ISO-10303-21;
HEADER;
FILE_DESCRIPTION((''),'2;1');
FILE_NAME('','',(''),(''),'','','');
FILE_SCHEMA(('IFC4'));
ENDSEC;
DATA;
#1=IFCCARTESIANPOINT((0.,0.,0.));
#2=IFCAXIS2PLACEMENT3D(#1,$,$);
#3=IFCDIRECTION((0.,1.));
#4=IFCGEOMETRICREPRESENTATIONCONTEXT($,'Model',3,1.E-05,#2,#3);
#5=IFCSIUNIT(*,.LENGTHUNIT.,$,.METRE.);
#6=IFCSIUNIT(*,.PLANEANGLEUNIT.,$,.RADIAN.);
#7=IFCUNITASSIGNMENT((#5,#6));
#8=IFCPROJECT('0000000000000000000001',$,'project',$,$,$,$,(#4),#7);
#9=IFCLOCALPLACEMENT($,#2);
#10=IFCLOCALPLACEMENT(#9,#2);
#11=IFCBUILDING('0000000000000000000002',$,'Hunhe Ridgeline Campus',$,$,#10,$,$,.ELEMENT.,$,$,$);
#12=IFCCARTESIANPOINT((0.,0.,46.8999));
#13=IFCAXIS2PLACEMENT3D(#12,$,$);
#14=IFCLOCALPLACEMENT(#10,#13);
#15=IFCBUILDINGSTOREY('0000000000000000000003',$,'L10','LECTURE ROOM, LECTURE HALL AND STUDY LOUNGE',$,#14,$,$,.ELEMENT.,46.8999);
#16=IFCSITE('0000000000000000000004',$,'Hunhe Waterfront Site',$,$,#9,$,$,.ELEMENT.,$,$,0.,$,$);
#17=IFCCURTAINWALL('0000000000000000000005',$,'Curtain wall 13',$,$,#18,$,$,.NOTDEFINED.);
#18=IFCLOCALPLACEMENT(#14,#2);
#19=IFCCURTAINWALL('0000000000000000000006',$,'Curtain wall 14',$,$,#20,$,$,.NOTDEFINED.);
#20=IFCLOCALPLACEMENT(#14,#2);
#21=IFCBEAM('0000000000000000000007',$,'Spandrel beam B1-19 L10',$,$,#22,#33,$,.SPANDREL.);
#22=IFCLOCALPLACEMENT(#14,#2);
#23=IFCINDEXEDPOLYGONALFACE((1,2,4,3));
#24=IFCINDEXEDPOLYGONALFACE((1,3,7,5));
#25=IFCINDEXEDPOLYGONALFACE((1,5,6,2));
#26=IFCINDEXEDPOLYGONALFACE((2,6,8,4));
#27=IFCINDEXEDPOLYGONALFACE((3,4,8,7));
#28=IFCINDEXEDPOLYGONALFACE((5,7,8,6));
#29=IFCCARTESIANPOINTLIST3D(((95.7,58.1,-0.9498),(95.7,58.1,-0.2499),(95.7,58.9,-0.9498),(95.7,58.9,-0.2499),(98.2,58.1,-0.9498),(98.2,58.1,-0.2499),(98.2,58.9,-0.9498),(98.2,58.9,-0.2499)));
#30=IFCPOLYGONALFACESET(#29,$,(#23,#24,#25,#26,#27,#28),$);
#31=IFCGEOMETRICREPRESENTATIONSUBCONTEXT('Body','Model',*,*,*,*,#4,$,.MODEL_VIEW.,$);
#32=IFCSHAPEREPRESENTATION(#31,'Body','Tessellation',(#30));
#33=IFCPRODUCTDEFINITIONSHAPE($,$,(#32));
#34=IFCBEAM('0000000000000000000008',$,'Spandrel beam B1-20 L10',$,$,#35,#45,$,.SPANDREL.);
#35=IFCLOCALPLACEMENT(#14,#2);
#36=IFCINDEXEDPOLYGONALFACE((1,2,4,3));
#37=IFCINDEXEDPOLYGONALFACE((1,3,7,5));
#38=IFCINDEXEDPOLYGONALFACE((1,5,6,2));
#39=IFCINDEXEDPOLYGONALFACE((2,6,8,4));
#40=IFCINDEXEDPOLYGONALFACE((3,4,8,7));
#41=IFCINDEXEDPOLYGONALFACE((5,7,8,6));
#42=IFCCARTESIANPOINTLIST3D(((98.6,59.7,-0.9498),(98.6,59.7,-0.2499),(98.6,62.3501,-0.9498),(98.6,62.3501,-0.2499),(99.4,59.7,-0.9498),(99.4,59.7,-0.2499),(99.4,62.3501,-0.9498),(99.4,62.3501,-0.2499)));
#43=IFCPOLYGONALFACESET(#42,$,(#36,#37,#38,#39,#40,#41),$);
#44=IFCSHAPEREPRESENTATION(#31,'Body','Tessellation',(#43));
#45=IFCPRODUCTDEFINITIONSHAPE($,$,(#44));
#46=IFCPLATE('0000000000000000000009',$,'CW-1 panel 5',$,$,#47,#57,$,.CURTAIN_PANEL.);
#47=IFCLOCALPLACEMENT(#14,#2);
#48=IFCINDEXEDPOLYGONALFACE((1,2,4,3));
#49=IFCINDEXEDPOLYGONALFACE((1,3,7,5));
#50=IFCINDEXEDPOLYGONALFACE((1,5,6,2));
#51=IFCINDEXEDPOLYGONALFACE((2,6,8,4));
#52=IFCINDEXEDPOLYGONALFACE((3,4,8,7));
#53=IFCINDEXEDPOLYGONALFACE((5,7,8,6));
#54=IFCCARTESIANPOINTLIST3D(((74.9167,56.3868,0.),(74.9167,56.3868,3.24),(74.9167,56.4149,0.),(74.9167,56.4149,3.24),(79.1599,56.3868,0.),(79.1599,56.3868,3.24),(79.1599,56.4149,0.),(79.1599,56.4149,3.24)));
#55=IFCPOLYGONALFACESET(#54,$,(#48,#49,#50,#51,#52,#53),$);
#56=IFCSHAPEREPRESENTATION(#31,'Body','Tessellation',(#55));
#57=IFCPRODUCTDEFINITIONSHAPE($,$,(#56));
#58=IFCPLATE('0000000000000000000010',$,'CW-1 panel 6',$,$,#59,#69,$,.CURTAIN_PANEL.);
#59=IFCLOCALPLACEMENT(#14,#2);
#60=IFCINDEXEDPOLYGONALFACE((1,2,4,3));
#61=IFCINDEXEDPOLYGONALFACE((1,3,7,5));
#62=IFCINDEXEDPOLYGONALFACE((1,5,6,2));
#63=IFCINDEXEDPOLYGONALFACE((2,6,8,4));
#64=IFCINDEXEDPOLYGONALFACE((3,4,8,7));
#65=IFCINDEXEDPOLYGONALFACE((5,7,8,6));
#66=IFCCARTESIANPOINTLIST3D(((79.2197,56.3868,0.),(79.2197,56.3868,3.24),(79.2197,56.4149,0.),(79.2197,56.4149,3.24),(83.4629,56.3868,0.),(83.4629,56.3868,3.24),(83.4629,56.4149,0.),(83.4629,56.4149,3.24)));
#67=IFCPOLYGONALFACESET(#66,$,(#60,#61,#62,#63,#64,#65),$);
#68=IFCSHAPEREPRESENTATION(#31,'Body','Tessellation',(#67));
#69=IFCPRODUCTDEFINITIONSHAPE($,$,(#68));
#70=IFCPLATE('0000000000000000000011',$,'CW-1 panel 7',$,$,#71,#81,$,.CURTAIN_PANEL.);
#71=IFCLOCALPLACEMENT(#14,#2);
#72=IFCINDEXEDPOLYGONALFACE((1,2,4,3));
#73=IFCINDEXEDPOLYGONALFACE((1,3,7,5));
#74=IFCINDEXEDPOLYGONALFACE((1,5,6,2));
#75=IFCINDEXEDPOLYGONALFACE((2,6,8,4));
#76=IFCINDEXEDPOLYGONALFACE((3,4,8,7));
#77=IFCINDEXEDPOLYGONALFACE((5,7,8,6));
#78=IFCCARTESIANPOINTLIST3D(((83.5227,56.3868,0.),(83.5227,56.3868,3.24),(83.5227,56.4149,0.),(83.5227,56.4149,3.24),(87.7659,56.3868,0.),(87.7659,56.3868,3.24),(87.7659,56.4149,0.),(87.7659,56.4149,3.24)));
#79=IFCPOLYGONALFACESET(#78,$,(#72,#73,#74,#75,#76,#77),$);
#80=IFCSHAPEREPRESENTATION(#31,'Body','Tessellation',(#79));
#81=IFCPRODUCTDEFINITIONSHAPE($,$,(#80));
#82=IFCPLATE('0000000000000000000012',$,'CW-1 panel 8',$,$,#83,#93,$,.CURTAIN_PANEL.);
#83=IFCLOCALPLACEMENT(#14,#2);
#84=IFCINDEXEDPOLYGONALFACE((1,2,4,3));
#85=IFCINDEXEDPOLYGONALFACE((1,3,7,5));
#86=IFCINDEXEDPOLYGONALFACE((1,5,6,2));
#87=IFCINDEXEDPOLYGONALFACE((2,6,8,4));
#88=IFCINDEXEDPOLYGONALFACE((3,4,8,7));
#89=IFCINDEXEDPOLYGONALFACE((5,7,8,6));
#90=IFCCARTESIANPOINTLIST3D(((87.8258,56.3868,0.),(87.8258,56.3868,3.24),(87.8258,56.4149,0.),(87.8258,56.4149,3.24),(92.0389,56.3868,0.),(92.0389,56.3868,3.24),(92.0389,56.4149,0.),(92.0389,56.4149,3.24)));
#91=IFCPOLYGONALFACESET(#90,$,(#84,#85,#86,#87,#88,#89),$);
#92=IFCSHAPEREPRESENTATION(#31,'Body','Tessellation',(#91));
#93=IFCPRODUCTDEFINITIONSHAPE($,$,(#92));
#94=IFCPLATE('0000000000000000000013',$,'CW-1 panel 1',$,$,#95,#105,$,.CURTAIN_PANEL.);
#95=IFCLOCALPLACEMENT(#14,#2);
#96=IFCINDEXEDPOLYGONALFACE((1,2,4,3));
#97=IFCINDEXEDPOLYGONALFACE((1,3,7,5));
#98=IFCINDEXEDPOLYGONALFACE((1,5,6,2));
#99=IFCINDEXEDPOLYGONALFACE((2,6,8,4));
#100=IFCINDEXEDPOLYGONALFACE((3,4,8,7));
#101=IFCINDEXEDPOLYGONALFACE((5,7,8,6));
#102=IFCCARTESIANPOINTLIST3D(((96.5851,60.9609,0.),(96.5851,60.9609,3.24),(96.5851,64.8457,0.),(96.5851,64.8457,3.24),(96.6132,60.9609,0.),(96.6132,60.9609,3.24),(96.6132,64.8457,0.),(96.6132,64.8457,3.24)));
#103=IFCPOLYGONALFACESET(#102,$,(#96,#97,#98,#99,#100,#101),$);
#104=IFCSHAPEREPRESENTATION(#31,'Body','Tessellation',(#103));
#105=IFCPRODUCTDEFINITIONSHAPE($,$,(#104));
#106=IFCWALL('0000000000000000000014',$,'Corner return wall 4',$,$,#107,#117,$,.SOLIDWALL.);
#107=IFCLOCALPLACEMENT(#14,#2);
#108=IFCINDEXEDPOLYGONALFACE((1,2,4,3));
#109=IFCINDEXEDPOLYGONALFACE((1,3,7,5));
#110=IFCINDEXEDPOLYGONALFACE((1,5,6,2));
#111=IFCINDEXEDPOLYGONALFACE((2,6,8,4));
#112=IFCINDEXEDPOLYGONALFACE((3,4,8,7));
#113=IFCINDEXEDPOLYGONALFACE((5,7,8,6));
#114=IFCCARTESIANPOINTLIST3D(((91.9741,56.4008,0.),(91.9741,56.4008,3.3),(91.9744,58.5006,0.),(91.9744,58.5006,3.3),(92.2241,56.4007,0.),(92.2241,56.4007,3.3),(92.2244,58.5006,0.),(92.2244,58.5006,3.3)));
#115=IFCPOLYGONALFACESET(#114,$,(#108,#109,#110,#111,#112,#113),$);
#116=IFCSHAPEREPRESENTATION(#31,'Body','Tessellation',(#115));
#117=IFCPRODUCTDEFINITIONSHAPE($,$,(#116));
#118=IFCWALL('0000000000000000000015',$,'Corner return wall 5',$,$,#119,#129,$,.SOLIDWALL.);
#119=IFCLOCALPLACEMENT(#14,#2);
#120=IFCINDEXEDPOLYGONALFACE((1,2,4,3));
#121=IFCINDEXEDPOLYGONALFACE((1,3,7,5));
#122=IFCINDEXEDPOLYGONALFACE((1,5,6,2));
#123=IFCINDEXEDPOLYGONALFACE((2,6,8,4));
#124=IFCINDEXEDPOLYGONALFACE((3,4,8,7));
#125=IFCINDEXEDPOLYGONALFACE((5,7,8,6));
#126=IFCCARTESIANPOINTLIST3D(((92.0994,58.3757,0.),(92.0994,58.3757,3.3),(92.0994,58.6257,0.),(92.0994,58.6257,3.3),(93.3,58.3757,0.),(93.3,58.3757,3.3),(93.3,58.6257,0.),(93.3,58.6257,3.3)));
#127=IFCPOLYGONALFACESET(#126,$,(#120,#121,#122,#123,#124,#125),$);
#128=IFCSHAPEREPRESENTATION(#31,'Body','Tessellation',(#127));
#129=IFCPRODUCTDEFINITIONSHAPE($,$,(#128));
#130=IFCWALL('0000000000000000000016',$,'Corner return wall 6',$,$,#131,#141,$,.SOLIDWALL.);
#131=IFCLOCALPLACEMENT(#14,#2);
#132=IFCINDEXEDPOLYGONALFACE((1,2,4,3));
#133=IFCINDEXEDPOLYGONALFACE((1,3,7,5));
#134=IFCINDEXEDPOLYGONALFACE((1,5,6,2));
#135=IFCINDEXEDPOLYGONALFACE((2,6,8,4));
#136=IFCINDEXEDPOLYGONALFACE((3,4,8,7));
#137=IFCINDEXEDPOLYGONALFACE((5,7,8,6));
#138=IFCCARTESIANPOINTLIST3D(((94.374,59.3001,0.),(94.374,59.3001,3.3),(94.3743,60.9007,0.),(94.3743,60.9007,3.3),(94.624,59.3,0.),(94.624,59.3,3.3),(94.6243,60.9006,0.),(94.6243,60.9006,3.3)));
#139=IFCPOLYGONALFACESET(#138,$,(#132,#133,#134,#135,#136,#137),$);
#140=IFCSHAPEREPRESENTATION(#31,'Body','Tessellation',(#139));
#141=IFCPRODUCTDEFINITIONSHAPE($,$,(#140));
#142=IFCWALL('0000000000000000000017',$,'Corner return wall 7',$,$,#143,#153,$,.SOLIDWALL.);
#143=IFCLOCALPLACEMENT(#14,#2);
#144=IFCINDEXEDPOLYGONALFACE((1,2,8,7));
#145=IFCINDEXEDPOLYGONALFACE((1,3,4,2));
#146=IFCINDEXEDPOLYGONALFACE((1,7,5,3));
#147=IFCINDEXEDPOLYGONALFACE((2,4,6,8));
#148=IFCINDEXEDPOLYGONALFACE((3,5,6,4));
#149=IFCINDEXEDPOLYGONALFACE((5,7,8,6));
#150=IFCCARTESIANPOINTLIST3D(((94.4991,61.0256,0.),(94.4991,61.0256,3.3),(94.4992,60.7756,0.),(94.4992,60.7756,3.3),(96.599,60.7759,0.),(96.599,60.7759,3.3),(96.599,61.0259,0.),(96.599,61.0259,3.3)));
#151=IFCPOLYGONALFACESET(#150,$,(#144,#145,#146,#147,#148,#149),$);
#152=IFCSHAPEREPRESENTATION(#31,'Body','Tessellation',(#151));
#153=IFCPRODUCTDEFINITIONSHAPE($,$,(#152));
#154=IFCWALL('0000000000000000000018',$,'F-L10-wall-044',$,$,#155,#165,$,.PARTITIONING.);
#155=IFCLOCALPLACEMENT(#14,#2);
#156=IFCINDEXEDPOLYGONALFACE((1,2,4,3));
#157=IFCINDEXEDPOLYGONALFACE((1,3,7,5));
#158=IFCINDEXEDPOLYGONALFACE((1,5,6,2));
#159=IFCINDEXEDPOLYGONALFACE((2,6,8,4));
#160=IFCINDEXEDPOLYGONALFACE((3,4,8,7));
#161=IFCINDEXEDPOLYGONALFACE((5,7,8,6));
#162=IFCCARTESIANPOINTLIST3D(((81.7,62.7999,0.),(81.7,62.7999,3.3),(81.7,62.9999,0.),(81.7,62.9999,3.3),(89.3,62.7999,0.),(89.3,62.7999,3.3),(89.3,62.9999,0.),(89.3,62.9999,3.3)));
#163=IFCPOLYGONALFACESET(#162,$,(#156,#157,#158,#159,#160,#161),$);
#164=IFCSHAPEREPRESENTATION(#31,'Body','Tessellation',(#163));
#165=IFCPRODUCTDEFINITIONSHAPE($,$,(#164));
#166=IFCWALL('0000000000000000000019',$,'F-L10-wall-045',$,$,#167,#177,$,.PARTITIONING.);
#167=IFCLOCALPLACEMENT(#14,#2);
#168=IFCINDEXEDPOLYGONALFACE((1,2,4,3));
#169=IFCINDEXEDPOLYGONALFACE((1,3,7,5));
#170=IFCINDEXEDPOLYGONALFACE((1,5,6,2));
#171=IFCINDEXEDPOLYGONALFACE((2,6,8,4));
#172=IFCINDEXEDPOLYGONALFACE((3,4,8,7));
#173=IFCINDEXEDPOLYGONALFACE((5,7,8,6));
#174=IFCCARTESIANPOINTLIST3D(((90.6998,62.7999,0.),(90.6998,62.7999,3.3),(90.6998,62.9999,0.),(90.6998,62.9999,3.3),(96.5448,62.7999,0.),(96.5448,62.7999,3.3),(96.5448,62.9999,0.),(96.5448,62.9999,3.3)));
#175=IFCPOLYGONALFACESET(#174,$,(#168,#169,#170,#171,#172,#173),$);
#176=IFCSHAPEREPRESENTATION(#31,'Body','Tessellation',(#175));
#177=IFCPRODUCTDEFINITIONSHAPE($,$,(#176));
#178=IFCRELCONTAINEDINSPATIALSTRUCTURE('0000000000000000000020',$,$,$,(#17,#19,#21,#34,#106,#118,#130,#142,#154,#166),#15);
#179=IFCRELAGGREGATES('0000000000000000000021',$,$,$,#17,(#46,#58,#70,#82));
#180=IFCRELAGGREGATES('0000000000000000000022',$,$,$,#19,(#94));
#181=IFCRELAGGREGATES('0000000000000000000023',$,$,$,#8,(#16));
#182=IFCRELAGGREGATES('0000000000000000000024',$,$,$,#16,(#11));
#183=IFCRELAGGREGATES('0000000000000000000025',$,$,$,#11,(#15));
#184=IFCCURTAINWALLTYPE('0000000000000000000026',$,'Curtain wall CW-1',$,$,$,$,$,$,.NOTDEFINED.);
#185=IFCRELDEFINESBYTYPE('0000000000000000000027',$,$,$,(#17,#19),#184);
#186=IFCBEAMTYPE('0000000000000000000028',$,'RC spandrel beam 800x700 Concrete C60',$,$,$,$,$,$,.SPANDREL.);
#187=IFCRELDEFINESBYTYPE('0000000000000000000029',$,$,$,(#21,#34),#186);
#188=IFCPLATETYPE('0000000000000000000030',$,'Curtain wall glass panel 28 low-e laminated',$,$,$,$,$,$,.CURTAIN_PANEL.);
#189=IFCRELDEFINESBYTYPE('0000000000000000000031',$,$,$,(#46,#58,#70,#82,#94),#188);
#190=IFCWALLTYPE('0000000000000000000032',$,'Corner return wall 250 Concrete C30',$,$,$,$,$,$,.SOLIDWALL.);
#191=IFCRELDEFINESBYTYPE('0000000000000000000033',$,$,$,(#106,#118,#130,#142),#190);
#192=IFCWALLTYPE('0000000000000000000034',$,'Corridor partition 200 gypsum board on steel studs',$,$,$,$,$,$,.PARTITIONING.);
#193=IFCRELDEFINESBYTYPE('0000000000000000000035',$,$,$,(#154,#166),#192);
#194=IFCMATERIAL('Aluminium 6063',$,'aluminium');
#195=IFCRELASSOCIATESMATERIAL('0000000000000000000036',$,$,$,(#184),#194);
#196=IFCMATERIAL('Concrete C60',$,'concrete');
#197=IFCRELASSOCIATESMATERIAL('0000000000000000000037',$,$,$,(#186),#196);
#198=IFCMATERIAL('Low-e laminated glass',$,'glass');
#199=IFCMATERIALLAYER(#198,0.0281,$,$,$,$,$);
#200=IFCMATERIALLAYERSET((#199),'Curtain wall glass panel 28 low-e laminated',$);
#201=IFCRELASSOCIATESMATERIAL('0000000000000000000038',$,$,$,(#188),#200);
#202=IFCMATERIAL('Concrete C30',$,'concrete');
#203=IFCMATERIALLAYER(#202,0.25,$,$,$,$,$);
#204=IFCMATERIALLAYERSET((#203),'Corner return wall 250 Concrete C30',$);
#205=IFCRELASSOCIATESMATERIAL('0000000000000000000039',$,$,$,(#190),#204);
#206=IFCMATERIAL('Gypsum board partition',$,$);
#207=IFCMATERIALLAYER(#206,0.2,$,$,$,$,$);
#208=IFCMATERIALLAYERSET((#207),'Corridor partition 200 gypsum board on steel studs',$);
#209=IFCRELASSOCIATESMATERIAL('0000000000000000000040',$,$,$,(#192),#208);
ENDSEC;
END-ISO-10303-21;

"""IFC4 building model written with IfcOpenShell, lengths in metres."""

from ifc_helpers import new_model, si_unit, direction, frame, frame_2d, origin, origin_2d, place, context, subcontext, project, spatial, rectangle, extrude, material, layer, layer_set, material_profile, profile_set, type_object, element, aggregate, save


model = new_model("IFC4")

# Units and contexts
model_context = context("Model", 3, precision=1e-05, world=origin(), true_north=direction((0.0, 1.0)))
body_context = subcontext(model_context, "Body", "Model", "MODEL_VIEW")
ifc_project = project(units=[si_unit("LENGTHUNIT", "METRE"), si_unit("PLANEANGLEUNIT", "RADIAN")], contexts=[model_context])

# Site, building, storey
site_placement = place(None, origin())
site = spatial("IfcSite", under=ifc_project, at=site_placement, Name="Hunhe Waterfront Site", CompositionType="ELEMENT", RefElevation=0.0)
building_placement = place(site_placement, origin())
building = spatial("IfcBuilding", under=site, at=building_placement, Name="Hunhe Ridgeline Campus", CompositionType="ELEMENT")
storey_placement = place(building_placement, frame((0.0, 0.0, 46.8999)))
storey = spatial("IfcBuildingStorey", under=building, at=storey_placement, Name="L10", Description="LECTURE ROOM, LECTURE HALL AND STUDY LOUNGE", CompositionType="ELEMENT", Elevation=46.8999)

# Curtain walls
ifc_material_1 = material(Name="Aluminium 6063", Category="aluminium")
curtain_wall_type = type_object("IfcCurtainWallType", Name="Curtain wall CW-1", PredefinedType="NOTDEFINED", material=ifc_material_1)
curtain_wall_1_placement = place(storey_placement, origin())
curtain_wall_1 = element("IfcCurtainWall", 1, at=curtain_wall_1_placement, inside=storey, type_object=curtain_wall_type, Name="Curtain wall 13", PredefinedType="NOTDEFINED")
curtain_wall_2_placement = place(storey_placement, origin())
curtain_wall_2 = element("IfcCurtainWall", 2, at=curtain_wall_2_placement, inside=storey, type_object=curtain_wall_type, Name="Curtain wall 14", PredefinedType="NOTDEFINED")

# Beams
ifc_material_2 = material(Name="Concrete C60", Category="concrete")
ifc_material_profile_1 = material_profile(ifc_material_2, rectangle(XDim=0.8, YDim=0.7, at=origin_2d()))
ifc_profile_set_1 = profile_set([ifc_material_profile_1], Name="Concrete C60")
beam_type = type_object("IfcBeamType", Name="RC spandrel beam 800x700 Concrete C60", PredefinedType="SPANDREL", material=ifc_profile_set_1)
for number, where, z_axis, x_axis, name in (
    (3, (95.7, 58.5, -0.5999), (1.0, 0.0, 0.0), (0.0, 1.0, 0.0), "Spandrel beam B1-19 L10"),
):
    element("IfcBeam", number, at=place(storey_placement, frame(where, z_axis=z_axis, x_axis=x_axis)), inside=storey, type_object=beam_type, Name=name, PredefinedType="SPANDREL", context=body_context, shape_type="SweptSolid", body=[
        extrude(rectangle(XDim=0.8, YDim=0.7, at=origin_2d()), origin(), (0.0, 0.0, 1.0), 2.5),
    ])
beam_1_placement = place(storey_placement, frame((99.0, 59.7, -0.5999), z_axis=(0.0, 1.0, 0.0), x_axis=(-1.0, 0.0, 0.0)))
element("IfcBeam", 4, at=beam_1_placement, inside=storey, type_object=beam_type, Name="Spandrel beam B1-20 L10", PredefinedType="SPANDREL", context=body_context, shape_type="SweptSolid", body=[
    extrude(rectangle(XDim=0.8, YDim=0.7, at=origin_2d()), origin(), (0.0, 0.0, 1.0), 2.6501),
])

# Plates
ifc_material_3 = material(Name="Low-e laminated glass", Category="glass")
ifc_layer_1 = layer(ifc_material_3, 0.0281)
ifc_layer_set_1 = layer_set([ifc_layer_1], Name="Curtain wall glass panel 28 low-e laminated")
plate_type = type_object("IfcPlateType", Name="Curtain wall glass panel 28 low-e laminated", PredefinedType="CURTAIN_PANEL", material=ifc_layer_set_1)
plate_1_placement = place(storey_placement, frame((77.0383, 56.4009, 0.0), z_axis=(0.0, 0.0, 1.0), x_axis=(1.0, 0.000004, 0.0)))
plate_1 = element("IfcPlate", 5, at=plate_1_placement, type_object=plate_type, Name="CW-1 panel 5", PredefinedType="CURTAIN_PANEL", context=body_context, shape_type="SweptSolid", body=[
    extrude(rectangle(XDim=4.2432, YDim=0.0281, at=origin_2d()), origin(), (0.0, 0.0, 1.0), 3.24),
])
plate_2_placement = place(storey_placement, frame((81.3413, 56.4009, 0.0), z_axis=(0.0, 0.0, 1.0), x_axis=(1.0, 0.000004, 0.0)))
plate_2 = element("IfcPlate", 6, at=plate_2_placement, type_object=plate_type, Name="CW-1 panel 6", PredefinedType="CURTAIN_PANEL", context=body_context, shape_type="SweptSolid", body=[
    extrude(rectangle(XDim=4.2432, YDim=0.0281, at=origin_2d()), origin(), (0.0, 0.0, 1.0), 3.24),
])
plate_3_placement = place(storey_placement, frame((85.6443, 56.4009, 0.0), z_axis=(0.0, 0.0, 1.0), x_axis=(1.0, 0.000004, 0.0)))
plate_3 = element("IfcPlate", 7, at=plate_3_placement, type_object=plate_type, Name="CW-1 panel 7", PredefinedType="CURTAIN_PANEL", context=body_context, shape_type="SweptSolid", body=[
    extrude(rectangle(XDim=4.2432, YDim=0.0281, at=origin_2d()), origin(), (0.0, 0.0, 1.0), 3.24),
])
plate_4_placement = place(storey_placement, frame((89.9324, 56.4009, 0.0), z_axis=(0.0, 0.0, 1.0), x_axis=(1.0, 0.000004, 0.0)))
plate_4 = element("IfcPlate", 8, at=plate_4_placement, type_object=plate_type, Name="CW-1 panel 8", PredefinedType="CURTAIN_PANEL", context=body_context, shape_type="SweptSolid", body=[
    extrude(rectangle(XDim=4.2131, YDim=0.0281, at=origin_2d()), origin(), (0.0, 0.0, 1.0), 3.24),
])
aggregate(curtain_wall_1, [plate_1, plate_2, plate_3, plate_4])
plate_5_placement = place(storey_placement, frame((96.5991, 62.9033, 0.0), z_axis=(0.0, 0.0, 1.0), x_axis=(0.0, 1.0, 0.0)))
plate_5 = element("IfcPlate", 9, at=plate_5_placement, type_object=plate_type, Name="CW-1 panel 1", PredefinedType="CURTAIN_PANEL", context=body_context, shape_type="SweptSolid", body=[
    extrude(rectangle(XDim=3.8848, YDim=0.0281, at=origin_2d()), origin(), (0.0, 0.0, 1.0), 3.24),
])
aggregate(curtain_wall_2, [plate_5])

# Walls
ifc_material_4 = material(Name="Concrete C30", Category="concrete")
ifc_layer_2 = layer(ifc_material_4, 0.25)
ifc_layer_set_2 = layer_set([ifc_layer_2], Name="Corner return wall 250 Concrete C30")
wall_type_1 = type_object("IfcWallType", Name="Corner return wall 250 Concrete C30", PredefinedType="SOLIDWALL", material=ifc_layer_set_2)
wall_1_placement = place(storey_placement, frame((92.0991, 56.4009, 0.0), z_axis=(0.0, 0.0, 1.0), x_axis=(0.000116, 1.0, 0.0)))
element("IfcWall", 10, at=wall_1_placement, inside=storey, type_object=wall_type_1, Name="Corner return wall 4", PredefinedType="SOLIDWALL", context=body_context, shape_type="SweptSolid", body=[
    extrude(rectangle(XDim=2.0999, YDim=0.25, at=frame_2d((1.0498, 0.0))), origin(), (0.0, 0.0, 1.0), 3.3),
])
wall_2_placement = place(storey_placement, frame((92.0994, 58.5007, 0.0), z_axis=(0.0, 0.0, 1.0), x_axis=(1.0, 0.0, 0.0)))
element("IfcWall", 11, at=wall_2_placement, inside=storey, type_object=wall_type_1, Name="Corner return wall 5", PredefinedType="SOLIDWALL", context=body_context, shape_type="SweptSolid", body=[
    extrude(rectangle(XDim=1.2007, YDim=0.25, at=frame_2d((0.6003, 0.0))), origin(), (0.0, 0.0, 1.0), 3.3),
])
wall_3_placement = place(storey_placement, frame((94.499, 59.3, 0.0), z_axis=(0.0, 0.0, 1.0), x_axis=(0.000153, 1.0, 0.0)))
element("IfcWall", 12, at=wall_3_placement, inside=storey, type_object=wall_type_1, Name="Corner return wall 6", PredefinedType="SOLIDWALL", context=body_context, shape_type="SweptSolid", body=[
    extrude(rectangle(XDim=1.6006, YDim=0.25, at=frame_2d((0.8003, 0.0))), origin(), (0.0, 0.0, 1.0), 3.3),
])
wall_4_placement = place(storey_placement, frame((94.4993, 60.9006, 0.0), z_axis=(0.0, 0.0, 1.0), x_axis=(1.0, 0.000116, 0.0)))
element("IfcWall", 13, at=wall_4_placement, inside=storey, type_object=wall_type_1, Name="Corner return wall 7", PredefinedType="SOLIDWALL", context=body_context, shape_type="SweptSolid", body=[
    extrude(rectangle(XDim=2.0999, YDim=0.25, at=frame_2d((1.0498, 0.0))), origin(), (0.0, 0.0, 1.0), 3.3),
])

# Shared definitions
ifc_material_5 = material(Name="Gypsum board partition")
ifc_layer_3 = layer(ifc_material_5, 0.2)
ifc_layer_set_3 = layer_set([ifc_layer_3], Name="Corridor partition 200 gypsum board on steel studs")
wall_type_2 = type_object("IfcWallType", Name="Corridor partition 200 gypsum board on steel studs", PredefinedType="PARTITIONING", material=ifc_layer_set_3)

# Walls
wall_5_placement = place(storey_placement, frame((81.7, 62.8999, 0.0), z_axis=(0.0, 0.0, 1.0), x_axis=(1.0, 0.0, 0.0)))
element("IfcWall", 14, at=wall_5_placement, inside=storey, type_object=wall_type_2, Name="F-L10-wall-044", PredefinedType="PARTITIONING", context=body_context, shape_type="SweptSolid", body=[
    extrude(rectangle(XDim=7.6001, YDim=0.2, at=frame_2d((3.8, 0.0))), origin(), (0.0, 0.0, 1.0), 3.3),
])
wall_6_placement = place(storey_placement, frame((90.7, 62.8999, 0.0), z_axis=(0.0, 0.0, 1.0), x_axis=(1.0, 0.0, 0.0)))
element("IfcWall", 15, at=wall_6_placement, inside=storey, type_object=wall_type_2, Name="F-L10-wall-045", PredefinedType="PARTITIONING", context=body_context, shape_type="SweptSolid", body=[
    extrude(rectangle(XDim=5.845, YDim=0.2, at=frame_2d((2.9224, 0.0))), origin(), (0.0, 0.0, 1.0), 3.3),
])

save(model, "model.ifc")
